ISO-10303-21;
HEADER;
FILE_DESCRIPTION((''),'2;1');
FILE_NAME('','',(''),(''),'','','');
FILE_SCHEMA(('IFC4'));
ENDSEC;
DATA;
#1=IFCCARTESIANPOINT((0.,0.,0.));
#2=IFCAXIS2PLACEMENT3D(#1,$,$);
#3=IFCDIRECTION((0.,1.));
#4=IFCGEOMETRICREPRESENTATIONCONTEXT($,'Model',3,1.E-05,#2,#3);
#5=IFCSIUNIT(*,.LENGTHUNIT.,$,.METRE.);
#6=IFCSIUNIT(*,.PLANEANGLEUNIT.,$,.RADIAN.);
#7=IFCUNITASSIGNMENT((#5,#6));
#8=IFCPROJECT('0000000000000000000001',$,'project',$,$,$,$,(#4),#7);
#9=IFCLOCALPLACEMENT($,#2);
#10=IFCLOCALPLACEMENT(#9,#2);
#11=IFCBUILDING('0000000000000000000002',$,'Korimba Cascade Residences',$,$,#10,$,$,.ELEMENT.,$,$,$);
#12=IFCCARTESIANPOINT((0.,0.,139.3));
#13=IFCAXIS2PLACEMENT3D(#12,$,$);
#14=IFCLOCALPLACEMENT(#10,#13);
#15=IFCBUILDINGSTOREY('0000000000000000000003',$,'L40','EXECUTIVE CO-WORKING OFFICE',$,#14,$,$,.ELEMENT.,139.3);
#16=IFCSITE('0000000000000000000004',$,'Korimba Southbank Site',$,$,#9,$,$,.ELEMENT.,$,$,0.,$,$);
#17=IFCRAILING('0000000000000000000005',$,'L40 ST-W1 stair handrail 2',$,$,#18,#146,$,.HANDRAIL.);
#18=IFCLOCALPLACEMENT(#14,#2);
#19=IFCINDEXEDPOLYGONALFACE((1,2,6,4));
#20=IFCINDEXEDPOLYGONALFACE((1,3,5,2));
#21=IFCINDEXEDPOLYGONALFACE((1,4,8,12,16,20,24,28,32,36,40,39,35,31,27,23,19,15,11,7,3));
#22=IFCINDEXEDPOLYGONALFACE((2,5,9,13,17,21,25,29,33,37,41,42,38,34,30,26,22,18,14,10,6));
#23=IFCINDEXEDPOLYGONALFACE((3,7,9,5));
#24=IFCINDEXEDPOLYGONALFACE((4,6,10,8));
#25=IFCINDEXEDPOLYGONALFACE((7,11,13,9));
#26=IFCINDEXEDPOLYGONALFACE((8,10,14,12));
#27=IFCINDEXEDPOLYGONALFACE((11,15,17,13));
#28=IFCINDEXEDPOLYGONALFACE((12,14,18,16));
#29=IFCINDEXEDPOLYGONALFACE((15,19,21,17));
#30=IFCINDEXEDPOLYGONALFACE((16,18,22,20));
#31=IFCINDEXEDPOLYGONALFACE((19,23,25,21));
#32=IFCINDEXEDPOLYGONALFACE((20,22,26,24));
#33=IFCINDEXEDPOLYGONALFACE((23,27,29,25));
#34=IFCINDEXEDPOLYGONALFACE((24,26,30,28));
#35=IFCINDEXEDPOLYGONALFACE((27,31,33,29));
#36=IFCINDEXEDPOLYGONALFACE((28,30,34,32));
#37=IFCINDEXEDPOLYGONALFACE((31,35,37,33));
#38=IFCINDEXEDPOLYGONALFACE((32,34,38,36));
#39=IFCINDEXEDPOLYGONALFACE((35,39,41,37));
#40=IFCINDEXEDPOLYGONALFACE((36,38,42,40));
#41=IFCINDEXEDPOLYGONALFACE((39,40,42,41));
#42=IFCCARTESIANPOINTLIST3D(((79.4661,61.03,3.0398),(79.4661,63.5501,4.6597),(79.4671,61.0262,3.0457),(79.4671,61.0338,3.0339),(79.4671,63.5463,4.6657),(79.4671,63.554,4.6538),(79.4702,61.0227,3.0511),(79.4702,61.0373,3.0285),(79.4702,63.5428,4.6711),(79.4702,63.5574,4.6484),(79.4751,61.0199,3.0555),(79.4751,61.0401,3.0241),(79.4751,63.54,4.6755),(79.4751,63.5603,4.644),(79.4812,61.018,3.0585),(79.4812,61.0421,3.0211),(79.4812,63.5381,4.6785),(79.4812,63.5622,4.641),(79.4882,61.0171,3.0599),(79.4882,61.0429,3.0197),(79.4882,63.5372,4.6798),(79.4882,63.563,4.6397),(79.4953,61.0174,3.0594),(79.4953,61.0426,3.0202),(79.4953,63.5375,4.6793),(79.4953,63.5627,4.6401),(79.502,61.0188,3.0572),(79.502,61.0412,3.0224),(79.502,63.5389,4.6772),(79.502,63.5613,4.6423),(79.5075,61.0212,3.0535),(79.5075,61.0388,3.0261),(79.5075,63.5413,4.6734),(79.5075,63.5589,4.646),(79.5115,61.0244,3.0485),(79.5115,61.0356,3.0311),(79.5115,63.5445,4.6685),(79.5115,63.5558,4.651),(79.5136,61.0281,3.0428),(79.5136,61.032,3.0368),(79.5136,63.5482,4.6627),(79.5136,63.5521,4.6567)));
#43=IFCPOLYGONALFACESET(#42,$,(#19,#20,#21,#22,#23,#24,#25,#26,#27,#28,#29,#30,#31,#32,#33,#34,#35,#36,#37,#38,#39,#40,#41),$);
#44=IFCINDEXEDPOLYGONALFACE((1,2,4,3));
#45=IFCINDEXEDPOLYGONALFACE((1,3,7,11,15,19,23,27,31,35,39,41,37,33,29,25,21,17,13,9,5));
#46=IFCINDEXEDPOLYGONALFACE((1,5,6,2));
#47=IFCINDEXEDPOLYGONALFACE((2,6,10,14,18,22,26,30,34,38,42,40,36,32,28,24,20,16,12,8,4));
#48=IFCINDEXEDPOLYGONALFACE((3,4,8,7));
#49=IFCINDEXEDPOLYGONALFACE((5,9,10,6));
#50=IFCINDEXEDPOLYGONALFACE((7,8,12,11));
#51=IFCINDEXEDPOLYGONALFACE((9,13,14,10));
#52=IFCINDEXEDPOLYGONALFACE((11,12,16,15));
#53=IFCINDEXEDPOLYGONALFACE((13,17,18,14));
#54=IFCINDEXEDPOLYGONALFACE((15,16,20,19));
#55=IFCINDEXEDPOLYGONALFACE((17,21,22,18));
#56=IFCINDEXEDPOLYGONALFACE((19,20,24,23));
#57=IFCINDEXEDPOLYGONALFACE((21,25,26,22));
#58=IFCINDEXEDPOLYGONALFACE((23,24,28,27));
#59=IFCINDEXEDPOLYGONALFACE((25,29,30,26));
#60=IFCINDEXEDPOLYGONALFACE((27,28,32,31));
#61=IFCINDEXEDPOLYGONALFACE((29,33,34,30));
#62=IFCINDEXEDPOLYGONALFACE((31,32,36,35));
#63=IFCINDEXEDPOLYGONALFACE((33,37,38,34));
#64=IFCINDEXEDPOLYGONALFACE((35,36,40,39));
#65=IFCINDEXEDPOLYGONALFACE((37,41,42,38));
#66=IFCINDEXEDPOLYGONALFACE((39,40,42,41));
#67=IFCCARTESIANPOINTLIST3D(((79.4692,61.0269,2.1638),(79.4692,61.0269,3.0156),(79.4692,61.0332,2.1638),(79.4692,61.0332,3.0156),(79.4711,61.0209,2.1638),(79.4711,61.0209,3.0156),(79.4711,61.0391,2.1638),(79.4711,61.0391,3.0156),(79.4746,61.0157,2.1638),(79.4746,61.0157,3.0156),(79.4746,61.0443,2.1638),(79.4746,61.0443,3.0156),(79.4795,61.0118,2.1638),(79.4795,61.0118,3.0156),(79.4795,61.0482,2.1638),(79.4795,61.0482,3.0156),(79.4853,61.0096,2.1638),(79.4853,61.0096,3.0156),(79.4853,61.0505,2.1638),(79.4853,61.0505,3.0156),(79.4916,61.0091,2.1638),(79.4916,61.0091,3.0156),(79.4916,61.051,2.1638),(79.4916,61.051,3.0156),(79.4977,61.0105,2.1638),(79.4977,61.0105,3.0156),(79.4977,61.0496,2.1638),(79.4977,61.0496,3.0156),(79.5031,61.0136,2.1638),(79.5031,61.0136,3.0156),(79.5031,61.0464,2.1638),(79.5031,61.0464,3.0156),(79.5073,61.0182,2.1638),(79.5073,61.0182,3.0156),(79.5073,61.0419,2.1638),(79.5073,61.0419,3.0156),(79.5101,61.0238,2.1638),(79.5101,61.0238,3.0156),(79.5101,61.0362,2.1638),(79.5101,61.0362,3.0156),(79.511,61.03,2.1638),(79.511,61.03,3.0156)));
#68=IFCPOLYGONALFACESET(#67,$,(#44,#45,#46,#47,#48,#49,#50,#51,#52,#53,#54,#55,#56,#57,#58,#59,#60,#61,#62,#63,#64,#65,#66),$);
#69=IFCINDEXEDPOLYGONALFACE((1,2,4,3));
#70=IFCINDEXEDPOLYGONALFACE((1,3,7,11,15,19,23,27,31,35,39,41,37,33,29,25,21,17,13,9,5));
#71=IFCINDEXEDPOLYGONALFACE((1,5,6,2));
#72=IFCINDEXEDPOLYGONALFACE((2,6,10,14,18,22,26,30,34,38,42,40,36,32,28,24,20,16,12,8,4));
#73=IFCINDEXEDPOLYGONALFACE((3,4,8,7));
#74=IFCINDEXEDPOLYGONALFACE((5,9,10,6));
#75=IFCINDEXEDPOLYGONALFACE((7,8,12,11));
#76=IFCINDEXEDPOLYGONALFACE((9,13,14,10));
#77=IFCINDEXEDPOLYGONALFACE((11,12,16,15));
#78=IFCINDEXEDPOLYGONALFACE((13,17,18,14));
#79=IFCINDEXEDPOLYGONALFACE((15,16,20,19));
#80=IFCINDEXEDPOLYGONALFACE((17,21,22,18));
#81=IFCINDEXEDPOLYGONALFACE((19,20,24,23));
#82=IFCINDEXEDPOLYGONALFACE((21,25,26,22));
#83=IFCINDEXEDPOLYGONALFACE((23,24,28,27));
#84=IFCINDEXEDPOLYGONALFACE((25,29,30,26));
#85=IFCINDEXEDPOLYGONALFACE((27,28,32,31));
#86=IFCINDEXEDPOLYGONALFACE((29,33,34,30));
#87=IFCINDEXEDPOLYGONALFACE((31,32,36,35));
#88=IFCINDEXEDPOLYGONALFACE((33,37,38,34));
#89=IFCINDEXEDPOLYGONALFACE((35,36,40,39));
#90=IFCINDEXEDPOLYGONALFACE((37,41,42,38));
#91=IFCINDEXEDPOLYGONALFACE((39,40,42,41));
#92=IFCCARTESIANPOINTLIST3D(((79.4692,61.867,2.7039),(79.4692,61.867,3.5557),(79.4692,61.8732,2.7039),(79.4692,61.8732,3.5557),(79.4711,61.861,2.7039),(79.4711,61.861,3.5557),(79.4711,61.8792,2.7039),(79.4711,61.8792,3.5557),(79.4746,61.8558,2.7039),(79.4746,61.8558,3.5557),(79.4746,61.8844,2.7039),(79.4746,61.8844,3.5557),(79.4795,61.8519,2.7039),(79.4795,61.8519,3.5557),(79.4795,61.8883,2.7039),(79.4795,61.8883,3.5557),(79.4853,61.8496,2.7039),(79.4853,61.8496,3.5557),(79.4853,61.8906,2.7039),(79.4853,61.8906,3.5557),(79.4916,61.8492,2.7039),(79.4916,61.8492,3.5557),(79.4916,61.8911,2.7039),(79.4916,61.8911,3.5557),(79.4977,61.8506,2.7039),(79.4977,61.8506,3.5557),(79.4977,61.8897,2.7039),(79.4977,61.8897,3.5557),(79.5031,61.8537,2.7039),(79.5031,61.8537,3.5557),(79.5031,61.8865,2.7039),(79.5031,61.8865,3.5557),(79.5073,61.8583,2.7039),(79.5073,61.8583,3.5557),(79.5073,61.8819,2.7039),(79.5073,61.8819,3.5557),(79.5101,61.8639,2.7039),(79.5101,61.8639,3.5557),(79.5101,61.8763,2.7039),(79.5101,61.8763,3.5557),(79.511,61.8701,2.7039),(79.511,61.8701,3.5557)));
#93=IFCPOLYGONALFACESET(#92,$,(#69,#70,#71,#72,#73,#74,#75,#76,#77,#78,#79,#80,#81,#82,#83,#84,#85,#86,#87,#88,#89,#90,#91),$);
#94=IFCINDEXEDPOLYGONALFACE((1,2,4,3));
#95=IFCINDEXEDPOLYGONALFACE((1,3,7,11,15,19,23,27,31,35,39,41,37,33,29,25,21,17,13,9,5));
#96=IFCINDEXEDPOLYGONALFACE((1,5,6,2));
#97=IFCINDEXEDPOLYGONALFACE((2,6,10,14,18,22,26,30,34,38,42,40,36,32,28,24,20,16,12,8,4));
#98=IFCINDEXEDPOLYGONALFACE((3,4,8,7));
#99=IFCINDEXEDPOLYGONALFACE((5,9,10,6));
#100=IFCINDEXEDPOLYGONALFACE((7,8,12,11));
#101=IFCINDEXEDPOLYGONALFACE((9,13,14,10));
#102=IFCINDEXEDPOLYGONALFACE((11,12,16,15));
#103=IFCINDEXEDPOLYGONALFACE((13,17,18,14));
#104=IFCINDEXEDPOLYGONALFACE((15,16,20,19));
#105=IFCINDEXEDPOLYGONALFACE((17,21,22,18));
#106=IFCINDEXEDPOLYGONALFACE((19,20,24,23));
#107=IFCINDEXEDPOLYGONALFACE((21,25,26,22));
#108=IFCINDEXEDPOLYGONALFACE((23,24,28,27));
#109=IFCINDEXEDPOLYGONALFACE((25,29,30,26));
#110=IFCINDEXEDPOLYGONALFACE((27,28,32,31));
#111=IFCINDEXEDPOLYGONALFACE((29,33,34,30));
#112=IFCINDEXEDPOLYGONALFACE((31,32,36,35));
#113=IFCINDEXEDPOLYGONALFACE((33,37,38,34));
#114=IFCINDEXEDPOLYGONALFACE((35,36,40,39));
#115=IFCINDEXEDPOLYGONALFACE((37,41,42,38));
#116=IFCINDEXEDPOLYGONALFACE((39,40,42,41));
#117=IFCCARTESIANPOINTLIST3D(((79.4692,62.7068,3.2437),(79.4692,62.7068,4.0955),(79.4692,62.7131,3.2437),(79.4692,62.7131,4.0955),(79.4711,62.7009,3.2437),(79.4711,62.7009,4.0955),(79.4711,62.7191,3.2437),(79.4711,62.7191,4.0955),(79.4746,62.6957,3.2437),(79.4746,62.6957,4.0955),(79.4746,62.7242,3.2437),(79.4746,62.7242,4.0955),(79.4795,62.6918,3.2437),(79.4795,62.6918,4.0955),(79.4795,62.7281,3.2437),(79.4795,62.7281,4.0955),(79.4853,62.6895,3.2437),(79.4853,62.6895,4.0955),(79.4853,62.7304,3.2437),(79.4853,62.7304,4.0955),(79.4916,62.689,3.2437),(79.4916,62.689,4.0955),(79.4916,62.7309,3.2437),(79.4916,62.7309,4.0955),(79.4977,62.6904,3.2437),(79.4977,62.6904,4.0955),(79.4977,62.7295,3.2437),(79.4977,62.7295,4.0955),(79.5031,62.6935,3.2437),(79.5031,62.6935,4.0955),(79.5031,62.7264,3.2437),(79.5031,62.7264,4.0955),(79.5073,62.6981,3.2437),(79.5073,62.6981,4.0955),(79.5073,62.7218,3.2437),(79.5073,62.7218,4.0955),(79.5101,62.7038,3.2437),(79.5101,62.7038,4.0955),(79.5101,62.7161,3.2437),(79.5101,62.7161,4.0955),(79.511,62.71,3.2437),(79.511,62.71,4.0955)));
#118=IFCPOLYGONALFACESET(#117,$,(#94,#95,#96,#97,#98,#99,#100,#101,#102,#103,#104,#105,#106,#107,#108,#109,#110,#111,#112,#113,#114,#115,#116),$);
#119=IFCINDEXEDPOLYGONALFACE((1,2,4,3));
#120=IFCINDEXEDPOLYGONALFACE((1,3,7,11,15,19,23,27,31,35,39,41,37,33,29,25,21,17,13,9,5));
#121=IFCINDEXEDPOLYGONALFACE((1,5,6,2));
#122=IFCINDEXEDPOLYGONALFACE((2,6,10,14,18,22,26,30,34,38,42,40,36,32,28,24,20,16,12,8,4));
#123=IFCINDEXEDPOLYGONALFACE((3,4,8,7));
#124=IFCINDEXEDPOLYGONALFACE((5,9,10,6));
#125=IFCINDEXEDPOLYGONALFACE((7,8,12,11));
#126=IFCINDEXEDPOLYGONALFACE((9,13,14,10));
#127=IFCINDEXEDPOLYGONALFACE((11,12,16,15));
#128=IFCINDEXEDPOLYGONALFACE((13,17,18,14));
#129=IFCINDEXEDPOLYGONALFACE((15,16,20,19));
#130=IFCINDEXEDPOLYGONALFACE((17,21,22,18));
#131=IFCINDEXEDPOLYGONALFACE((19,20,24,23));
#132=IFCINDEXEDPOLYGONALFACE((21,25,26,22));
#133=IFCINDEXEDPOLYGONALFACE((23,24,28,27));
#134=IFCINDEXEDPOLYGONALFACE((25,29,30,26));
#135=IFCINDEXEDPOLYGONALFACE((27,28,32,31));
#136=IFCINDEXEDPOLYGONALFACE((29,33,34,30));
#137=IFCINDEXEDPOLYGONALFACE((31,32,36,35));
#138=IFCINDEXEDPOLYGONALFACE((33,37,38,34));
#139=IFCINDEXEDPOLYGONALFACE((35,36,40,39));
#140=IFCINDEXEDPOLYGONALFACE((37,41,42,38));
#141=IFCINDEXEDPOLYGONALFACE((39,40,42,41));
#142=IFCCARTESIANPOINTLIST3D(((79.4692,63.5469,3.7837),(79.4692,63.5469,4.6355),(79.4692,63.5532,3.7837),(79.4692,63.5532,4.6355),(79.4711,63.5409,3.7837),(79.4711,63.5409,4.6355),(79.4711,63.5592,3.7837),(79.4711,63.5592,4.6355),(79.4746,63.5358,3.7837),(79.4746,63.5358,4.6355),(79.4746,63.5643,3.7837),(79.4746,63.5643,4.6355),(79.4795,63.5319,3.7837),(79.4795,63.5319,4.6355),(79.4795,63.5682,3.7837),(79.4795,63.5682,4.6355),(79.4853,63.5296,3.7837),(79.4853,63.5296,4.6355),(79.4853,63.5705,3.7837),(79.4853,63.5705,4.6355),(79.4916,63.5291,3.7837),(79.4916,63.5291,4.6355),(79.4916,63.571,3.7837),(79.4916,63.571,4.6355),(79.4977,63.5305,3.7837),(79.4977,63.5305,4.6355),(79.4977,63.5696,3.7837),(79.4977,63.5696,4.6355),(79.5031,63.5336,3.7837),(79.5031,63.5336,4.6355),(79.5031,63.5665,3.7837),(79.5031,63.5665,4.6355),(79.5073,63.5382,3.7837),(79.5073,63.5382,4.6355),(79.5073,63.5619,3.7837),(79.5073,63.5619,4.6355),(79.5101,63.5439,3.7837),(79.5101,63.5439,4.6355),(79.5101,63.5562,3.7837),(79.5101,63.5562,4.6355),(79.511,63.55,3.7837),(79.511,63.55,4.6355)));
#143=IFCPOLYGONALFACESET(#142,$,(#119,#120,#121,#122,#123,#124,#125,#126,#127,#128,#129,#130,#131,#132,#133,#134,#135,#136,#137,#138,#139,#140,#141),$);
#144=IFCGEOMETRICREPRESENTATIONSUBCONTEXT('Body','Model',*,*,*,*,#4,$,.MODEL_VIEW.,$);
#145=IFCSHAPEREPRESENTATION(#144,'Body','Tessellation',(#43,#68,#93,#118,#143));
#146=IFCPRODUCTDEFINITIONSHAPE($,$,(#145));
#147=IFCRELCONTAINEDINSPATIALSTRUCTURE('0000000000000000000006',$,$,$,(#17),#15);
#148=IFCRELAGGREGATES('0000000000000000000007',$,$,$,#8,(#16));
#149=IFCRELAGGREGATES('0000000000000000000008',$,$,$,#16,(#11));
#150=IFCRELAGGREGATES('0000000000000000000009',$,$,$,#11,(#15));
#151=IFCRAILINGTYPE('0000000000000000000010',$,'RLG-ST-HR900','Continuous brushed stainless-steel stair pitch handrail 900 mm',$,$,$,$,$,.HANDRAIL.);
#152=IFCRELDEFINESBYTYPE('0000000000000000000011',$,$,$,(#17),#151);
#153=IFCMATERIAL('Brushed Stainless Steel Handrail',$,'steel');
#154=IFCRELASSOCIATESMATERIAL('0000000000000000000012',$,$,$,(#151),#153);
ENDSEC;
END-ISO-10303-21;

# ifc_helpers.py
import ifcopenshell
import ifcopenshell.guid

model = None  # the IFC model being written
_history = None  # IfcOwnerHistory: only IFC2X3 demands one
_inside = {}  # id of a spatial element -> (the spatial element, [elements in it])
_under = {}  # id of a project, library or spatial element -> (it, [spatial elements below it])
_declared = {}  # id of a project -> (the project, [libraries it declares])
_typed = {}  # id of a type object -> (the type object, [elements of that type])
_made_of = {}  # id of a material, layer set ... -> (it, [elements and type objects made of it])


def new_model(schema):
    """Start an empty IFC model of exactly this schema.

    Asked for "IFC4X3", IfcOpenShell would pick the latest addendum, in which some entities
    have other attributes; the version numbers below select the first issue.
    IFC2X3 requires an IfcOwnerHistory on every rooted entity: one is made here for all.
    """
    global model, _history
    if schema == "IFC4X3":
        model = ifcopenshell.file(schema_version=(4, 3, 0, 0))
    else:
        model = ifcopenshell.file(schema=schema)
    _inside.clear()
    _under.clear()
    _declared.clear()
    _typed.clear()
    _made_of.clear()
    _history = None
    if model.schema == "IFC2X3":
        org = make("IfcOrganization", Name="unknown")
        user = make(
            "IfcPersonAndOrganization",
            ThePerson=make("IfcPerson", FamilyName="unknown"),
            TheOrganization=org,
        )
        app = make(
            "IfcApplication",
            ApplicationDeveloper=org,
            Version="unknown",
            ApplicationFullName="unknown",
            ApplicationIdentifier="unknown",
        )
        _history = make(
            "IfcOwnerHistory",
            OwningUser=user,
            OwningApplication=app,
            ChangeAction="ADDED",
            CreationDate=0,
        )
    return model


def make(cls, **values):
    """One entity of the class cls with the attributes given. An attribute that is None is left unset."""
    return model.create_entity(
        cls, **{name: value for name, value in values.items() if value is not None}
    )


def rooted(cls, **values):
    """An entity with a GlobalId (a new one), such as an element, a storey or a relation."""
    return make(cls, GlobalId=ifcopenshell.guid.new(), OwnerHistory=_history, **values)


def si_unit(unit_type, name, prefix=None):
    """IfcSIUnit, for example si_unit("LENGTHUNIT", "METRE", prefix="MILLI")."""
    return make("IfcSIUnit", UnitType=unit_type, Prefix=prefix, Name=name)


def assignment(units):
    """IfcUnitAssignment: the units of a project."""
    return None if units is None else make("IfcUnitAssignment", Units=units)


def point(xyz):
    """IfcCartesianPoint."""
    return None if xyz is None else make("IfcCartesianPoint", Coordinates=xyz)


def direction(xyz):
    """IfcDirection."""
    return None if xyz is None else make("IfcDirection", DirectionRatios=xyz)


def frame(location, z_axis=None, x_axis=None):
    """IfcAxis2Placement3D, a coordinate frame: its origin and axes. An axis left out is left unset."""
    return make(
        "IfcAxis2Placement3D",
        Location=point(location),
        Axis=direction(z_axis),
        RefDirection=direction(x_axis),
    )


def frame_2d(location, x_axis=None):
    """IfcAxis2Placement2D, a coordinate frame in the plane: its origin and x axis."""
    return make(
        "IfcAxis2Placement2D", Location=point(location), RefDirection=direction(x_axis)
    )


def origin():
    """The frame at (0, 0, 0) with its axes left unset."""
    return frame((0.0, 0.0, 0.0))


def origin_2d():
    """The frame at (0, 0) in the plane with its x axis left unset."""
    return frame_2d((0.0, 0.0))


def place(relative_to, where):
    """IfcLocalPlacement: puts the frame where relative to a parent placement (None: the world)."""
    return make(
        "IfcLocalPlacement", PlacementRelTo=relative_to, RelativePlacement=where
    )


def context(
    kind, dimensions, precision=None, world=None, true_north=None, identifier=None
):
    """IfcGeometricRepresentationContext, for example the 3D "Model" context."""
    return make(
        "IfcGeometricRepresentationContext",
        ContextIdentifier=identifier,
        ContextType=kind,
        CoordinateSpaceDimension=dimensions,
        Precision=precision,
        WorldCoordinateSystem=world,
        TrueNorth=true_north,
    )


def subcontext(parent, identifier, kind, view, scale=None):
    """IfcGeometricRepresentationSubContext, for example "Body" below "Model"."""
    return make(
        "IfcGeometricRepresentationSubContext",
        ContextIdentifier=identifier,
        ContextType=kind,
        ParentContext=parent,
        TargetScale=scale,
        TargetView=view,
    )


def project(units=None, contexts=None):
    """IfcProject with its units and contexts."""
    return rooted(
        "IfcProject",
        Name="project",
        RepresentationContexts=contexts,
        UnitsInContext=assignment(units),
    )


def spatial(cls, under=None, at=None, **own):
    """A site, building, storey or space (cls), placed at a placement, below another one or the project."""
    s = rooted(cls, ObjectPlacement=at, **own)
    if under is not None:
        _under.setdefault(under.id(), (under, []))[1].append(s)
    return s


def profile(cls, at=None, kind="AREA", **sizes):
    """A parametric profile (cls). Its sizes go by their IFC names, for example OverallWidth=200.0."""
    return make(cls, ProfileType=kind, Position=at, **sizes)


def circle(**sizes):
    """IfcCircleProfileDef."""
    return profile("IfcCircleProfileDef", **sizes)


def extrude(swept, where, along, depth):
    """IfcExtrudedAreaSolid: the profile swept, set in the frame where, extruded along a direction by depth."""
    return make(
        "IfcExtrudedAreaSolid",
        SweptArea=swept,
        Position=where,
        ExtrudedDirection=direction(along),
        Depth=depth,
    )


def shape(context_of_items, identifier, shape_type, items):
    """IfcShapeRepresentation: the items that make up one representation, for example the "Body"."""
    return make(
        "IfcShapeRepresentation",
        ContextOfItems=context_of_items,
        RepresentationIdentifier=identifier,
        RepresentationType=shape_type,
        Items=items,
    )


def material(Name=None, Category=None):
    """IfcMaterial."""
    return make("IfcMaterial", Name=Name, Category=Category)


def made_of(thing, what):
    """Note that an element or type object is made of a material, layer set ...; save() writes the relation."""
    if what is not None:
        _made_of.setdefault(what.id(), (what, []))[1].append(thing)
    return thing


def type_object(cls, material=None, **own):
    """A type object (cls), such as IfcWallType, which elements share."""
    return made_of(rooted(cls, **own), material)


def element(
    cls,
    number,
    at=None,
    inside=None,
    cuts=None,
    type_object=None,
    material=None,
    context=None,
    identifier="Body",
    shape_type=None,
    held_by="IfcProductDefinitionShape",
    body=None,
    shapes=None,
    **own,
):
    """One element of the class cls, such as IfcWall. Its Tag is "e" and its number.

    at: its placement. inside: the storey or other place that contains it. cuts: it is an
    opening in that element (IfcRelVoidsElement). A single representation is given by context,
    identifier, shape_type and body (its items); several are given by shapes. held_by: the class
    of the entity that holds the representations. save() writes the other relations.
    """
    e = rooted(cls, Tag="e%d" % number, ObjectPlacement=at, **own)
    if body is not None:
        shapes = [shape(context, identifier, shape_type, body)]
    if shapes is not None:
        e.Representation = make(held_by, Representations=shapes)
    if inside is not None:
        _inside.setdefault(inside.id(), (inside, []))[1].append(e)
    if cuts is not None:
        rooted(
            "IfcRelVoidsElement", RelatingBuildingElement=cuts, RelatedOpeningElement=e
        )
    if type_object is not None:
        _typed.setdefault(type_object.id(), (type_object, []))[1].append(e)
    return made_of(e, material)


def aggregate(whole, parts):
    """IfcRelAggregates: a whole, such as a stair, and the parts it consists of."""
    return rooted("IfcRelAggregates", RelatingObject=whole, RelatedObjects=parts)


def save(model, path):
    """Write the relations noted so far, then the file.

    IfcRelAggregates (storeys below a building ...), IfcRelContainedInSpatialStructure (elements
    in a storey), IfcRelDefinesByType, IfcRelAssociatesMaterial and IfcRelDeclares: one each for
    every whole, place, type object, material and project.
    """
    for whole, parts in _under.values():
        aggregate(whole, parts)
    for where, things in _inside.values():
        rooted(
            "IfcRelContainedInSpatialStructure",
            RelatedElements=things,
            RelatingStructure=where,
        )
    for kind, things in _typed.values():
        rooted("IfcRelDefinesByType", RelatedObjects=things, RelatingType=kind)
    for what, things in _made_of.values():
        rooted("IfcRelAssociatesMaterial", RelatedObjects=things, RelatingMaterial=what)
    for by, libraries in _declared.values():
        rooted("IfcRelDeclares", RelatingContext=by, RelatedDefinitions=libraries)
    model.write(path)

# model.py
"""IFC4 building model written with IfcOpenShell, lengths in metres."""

from ifc_helpers import new_model, si_unit, direction, frame, origin, origin_2d, place, context, subcontext, project, spatial, circle, extrude, material, type_object, element, save


model = new_model("IFC4")

# Units and contexts
model_context = context("Model", 3, precision=1e-05, world=origin(), true_north=direction((0.0, 1.0)))
body_context = subcontext(model_context, "Body", "Model", "MODEL_VIEW")
ifc_project = project(units=[si_unit("LENGTHUNIT", "METRE"), si_unit("PLANEANGLEUNIT", "RADIAN")], contexts=[model_context])

# Site, building, storey
site_placement = place(None, origin())
site = spatial("IfcSite", under=ifc_project, at=site_placement, Name="Korimba Southbank Site", CompositionType="ELEMENT", RefElevation=0.0)
building_placement = place(site_placement, origin())
building = spatial("IfcBuilding", under=site, at=building_placement, Name="Korimba Cascade Residences", CompositionType="ELEMENT")
storey_placement = place(building_placement, frame((0.0, 0.0, 139.3)))
storey = spatial("IfcBuildingStorey", under=building, at=storey_placement, Name="L40", Description="EXECUTIVE CO-WORKING OFFICE", CompositionType="ELEMENT", Elevation=139.3)

# Railing
ifc_material_1 = material(Name="Brushed Stainless Steel Handrail", Category="steel")
railing_type_1 = type_object("IfcRailingType", Name="RLG-ST-HR900", Description="Continuous brushed stainless-steel stair pitch handrail 900 mm", PredefinedType="HANDRAIL", material=ifc_material_1)
railing_1_placement = place(storey_placement, frame((79.49, 61.03, 2.1638)))
element("IfcRailing", 1, at=railing_1_placement, inside=storey, type_object=railing_type_1, Name="L40 ST-W1 stair handrail 2", PredefinedType="HANDRAIL", context=body_context, shape_type="SweptSolid", body=[
    extrude(circle(Radius=0.0239, at=origin_2d()), frame((0.0, 0.0, 0.876), z_axis=(0.0, 0.8412, 0.540725), x_axis=(-1.0, 0.0, 0.0)), (0.0, 0.0, 1.0), 2.9958),
    extrude(circle(Radius=0.021, at=origin_2d()), origin(), (0.0, 0.0, 1.0), 0.8518),
    extrude(circle(Radius=0.021, at=origin_2d()), frame((0.0, 0.8401, 0.54)), (0.0, 0.0, 1.0), 0.8518),
    extrude(circle(Radius=0.021, at=origin_2d()), frame((0.0, 1.6799, 1.0798)), (0.0, 0.0, 1.0), 0.8518),
    extrude(circle(Radius=0.021, at=origin_2d()), frame((0.0, 2.52, 1.6199)), (0.0, 0.0, 1.0), 0.8518),
])

save(model, "model.ifc")
